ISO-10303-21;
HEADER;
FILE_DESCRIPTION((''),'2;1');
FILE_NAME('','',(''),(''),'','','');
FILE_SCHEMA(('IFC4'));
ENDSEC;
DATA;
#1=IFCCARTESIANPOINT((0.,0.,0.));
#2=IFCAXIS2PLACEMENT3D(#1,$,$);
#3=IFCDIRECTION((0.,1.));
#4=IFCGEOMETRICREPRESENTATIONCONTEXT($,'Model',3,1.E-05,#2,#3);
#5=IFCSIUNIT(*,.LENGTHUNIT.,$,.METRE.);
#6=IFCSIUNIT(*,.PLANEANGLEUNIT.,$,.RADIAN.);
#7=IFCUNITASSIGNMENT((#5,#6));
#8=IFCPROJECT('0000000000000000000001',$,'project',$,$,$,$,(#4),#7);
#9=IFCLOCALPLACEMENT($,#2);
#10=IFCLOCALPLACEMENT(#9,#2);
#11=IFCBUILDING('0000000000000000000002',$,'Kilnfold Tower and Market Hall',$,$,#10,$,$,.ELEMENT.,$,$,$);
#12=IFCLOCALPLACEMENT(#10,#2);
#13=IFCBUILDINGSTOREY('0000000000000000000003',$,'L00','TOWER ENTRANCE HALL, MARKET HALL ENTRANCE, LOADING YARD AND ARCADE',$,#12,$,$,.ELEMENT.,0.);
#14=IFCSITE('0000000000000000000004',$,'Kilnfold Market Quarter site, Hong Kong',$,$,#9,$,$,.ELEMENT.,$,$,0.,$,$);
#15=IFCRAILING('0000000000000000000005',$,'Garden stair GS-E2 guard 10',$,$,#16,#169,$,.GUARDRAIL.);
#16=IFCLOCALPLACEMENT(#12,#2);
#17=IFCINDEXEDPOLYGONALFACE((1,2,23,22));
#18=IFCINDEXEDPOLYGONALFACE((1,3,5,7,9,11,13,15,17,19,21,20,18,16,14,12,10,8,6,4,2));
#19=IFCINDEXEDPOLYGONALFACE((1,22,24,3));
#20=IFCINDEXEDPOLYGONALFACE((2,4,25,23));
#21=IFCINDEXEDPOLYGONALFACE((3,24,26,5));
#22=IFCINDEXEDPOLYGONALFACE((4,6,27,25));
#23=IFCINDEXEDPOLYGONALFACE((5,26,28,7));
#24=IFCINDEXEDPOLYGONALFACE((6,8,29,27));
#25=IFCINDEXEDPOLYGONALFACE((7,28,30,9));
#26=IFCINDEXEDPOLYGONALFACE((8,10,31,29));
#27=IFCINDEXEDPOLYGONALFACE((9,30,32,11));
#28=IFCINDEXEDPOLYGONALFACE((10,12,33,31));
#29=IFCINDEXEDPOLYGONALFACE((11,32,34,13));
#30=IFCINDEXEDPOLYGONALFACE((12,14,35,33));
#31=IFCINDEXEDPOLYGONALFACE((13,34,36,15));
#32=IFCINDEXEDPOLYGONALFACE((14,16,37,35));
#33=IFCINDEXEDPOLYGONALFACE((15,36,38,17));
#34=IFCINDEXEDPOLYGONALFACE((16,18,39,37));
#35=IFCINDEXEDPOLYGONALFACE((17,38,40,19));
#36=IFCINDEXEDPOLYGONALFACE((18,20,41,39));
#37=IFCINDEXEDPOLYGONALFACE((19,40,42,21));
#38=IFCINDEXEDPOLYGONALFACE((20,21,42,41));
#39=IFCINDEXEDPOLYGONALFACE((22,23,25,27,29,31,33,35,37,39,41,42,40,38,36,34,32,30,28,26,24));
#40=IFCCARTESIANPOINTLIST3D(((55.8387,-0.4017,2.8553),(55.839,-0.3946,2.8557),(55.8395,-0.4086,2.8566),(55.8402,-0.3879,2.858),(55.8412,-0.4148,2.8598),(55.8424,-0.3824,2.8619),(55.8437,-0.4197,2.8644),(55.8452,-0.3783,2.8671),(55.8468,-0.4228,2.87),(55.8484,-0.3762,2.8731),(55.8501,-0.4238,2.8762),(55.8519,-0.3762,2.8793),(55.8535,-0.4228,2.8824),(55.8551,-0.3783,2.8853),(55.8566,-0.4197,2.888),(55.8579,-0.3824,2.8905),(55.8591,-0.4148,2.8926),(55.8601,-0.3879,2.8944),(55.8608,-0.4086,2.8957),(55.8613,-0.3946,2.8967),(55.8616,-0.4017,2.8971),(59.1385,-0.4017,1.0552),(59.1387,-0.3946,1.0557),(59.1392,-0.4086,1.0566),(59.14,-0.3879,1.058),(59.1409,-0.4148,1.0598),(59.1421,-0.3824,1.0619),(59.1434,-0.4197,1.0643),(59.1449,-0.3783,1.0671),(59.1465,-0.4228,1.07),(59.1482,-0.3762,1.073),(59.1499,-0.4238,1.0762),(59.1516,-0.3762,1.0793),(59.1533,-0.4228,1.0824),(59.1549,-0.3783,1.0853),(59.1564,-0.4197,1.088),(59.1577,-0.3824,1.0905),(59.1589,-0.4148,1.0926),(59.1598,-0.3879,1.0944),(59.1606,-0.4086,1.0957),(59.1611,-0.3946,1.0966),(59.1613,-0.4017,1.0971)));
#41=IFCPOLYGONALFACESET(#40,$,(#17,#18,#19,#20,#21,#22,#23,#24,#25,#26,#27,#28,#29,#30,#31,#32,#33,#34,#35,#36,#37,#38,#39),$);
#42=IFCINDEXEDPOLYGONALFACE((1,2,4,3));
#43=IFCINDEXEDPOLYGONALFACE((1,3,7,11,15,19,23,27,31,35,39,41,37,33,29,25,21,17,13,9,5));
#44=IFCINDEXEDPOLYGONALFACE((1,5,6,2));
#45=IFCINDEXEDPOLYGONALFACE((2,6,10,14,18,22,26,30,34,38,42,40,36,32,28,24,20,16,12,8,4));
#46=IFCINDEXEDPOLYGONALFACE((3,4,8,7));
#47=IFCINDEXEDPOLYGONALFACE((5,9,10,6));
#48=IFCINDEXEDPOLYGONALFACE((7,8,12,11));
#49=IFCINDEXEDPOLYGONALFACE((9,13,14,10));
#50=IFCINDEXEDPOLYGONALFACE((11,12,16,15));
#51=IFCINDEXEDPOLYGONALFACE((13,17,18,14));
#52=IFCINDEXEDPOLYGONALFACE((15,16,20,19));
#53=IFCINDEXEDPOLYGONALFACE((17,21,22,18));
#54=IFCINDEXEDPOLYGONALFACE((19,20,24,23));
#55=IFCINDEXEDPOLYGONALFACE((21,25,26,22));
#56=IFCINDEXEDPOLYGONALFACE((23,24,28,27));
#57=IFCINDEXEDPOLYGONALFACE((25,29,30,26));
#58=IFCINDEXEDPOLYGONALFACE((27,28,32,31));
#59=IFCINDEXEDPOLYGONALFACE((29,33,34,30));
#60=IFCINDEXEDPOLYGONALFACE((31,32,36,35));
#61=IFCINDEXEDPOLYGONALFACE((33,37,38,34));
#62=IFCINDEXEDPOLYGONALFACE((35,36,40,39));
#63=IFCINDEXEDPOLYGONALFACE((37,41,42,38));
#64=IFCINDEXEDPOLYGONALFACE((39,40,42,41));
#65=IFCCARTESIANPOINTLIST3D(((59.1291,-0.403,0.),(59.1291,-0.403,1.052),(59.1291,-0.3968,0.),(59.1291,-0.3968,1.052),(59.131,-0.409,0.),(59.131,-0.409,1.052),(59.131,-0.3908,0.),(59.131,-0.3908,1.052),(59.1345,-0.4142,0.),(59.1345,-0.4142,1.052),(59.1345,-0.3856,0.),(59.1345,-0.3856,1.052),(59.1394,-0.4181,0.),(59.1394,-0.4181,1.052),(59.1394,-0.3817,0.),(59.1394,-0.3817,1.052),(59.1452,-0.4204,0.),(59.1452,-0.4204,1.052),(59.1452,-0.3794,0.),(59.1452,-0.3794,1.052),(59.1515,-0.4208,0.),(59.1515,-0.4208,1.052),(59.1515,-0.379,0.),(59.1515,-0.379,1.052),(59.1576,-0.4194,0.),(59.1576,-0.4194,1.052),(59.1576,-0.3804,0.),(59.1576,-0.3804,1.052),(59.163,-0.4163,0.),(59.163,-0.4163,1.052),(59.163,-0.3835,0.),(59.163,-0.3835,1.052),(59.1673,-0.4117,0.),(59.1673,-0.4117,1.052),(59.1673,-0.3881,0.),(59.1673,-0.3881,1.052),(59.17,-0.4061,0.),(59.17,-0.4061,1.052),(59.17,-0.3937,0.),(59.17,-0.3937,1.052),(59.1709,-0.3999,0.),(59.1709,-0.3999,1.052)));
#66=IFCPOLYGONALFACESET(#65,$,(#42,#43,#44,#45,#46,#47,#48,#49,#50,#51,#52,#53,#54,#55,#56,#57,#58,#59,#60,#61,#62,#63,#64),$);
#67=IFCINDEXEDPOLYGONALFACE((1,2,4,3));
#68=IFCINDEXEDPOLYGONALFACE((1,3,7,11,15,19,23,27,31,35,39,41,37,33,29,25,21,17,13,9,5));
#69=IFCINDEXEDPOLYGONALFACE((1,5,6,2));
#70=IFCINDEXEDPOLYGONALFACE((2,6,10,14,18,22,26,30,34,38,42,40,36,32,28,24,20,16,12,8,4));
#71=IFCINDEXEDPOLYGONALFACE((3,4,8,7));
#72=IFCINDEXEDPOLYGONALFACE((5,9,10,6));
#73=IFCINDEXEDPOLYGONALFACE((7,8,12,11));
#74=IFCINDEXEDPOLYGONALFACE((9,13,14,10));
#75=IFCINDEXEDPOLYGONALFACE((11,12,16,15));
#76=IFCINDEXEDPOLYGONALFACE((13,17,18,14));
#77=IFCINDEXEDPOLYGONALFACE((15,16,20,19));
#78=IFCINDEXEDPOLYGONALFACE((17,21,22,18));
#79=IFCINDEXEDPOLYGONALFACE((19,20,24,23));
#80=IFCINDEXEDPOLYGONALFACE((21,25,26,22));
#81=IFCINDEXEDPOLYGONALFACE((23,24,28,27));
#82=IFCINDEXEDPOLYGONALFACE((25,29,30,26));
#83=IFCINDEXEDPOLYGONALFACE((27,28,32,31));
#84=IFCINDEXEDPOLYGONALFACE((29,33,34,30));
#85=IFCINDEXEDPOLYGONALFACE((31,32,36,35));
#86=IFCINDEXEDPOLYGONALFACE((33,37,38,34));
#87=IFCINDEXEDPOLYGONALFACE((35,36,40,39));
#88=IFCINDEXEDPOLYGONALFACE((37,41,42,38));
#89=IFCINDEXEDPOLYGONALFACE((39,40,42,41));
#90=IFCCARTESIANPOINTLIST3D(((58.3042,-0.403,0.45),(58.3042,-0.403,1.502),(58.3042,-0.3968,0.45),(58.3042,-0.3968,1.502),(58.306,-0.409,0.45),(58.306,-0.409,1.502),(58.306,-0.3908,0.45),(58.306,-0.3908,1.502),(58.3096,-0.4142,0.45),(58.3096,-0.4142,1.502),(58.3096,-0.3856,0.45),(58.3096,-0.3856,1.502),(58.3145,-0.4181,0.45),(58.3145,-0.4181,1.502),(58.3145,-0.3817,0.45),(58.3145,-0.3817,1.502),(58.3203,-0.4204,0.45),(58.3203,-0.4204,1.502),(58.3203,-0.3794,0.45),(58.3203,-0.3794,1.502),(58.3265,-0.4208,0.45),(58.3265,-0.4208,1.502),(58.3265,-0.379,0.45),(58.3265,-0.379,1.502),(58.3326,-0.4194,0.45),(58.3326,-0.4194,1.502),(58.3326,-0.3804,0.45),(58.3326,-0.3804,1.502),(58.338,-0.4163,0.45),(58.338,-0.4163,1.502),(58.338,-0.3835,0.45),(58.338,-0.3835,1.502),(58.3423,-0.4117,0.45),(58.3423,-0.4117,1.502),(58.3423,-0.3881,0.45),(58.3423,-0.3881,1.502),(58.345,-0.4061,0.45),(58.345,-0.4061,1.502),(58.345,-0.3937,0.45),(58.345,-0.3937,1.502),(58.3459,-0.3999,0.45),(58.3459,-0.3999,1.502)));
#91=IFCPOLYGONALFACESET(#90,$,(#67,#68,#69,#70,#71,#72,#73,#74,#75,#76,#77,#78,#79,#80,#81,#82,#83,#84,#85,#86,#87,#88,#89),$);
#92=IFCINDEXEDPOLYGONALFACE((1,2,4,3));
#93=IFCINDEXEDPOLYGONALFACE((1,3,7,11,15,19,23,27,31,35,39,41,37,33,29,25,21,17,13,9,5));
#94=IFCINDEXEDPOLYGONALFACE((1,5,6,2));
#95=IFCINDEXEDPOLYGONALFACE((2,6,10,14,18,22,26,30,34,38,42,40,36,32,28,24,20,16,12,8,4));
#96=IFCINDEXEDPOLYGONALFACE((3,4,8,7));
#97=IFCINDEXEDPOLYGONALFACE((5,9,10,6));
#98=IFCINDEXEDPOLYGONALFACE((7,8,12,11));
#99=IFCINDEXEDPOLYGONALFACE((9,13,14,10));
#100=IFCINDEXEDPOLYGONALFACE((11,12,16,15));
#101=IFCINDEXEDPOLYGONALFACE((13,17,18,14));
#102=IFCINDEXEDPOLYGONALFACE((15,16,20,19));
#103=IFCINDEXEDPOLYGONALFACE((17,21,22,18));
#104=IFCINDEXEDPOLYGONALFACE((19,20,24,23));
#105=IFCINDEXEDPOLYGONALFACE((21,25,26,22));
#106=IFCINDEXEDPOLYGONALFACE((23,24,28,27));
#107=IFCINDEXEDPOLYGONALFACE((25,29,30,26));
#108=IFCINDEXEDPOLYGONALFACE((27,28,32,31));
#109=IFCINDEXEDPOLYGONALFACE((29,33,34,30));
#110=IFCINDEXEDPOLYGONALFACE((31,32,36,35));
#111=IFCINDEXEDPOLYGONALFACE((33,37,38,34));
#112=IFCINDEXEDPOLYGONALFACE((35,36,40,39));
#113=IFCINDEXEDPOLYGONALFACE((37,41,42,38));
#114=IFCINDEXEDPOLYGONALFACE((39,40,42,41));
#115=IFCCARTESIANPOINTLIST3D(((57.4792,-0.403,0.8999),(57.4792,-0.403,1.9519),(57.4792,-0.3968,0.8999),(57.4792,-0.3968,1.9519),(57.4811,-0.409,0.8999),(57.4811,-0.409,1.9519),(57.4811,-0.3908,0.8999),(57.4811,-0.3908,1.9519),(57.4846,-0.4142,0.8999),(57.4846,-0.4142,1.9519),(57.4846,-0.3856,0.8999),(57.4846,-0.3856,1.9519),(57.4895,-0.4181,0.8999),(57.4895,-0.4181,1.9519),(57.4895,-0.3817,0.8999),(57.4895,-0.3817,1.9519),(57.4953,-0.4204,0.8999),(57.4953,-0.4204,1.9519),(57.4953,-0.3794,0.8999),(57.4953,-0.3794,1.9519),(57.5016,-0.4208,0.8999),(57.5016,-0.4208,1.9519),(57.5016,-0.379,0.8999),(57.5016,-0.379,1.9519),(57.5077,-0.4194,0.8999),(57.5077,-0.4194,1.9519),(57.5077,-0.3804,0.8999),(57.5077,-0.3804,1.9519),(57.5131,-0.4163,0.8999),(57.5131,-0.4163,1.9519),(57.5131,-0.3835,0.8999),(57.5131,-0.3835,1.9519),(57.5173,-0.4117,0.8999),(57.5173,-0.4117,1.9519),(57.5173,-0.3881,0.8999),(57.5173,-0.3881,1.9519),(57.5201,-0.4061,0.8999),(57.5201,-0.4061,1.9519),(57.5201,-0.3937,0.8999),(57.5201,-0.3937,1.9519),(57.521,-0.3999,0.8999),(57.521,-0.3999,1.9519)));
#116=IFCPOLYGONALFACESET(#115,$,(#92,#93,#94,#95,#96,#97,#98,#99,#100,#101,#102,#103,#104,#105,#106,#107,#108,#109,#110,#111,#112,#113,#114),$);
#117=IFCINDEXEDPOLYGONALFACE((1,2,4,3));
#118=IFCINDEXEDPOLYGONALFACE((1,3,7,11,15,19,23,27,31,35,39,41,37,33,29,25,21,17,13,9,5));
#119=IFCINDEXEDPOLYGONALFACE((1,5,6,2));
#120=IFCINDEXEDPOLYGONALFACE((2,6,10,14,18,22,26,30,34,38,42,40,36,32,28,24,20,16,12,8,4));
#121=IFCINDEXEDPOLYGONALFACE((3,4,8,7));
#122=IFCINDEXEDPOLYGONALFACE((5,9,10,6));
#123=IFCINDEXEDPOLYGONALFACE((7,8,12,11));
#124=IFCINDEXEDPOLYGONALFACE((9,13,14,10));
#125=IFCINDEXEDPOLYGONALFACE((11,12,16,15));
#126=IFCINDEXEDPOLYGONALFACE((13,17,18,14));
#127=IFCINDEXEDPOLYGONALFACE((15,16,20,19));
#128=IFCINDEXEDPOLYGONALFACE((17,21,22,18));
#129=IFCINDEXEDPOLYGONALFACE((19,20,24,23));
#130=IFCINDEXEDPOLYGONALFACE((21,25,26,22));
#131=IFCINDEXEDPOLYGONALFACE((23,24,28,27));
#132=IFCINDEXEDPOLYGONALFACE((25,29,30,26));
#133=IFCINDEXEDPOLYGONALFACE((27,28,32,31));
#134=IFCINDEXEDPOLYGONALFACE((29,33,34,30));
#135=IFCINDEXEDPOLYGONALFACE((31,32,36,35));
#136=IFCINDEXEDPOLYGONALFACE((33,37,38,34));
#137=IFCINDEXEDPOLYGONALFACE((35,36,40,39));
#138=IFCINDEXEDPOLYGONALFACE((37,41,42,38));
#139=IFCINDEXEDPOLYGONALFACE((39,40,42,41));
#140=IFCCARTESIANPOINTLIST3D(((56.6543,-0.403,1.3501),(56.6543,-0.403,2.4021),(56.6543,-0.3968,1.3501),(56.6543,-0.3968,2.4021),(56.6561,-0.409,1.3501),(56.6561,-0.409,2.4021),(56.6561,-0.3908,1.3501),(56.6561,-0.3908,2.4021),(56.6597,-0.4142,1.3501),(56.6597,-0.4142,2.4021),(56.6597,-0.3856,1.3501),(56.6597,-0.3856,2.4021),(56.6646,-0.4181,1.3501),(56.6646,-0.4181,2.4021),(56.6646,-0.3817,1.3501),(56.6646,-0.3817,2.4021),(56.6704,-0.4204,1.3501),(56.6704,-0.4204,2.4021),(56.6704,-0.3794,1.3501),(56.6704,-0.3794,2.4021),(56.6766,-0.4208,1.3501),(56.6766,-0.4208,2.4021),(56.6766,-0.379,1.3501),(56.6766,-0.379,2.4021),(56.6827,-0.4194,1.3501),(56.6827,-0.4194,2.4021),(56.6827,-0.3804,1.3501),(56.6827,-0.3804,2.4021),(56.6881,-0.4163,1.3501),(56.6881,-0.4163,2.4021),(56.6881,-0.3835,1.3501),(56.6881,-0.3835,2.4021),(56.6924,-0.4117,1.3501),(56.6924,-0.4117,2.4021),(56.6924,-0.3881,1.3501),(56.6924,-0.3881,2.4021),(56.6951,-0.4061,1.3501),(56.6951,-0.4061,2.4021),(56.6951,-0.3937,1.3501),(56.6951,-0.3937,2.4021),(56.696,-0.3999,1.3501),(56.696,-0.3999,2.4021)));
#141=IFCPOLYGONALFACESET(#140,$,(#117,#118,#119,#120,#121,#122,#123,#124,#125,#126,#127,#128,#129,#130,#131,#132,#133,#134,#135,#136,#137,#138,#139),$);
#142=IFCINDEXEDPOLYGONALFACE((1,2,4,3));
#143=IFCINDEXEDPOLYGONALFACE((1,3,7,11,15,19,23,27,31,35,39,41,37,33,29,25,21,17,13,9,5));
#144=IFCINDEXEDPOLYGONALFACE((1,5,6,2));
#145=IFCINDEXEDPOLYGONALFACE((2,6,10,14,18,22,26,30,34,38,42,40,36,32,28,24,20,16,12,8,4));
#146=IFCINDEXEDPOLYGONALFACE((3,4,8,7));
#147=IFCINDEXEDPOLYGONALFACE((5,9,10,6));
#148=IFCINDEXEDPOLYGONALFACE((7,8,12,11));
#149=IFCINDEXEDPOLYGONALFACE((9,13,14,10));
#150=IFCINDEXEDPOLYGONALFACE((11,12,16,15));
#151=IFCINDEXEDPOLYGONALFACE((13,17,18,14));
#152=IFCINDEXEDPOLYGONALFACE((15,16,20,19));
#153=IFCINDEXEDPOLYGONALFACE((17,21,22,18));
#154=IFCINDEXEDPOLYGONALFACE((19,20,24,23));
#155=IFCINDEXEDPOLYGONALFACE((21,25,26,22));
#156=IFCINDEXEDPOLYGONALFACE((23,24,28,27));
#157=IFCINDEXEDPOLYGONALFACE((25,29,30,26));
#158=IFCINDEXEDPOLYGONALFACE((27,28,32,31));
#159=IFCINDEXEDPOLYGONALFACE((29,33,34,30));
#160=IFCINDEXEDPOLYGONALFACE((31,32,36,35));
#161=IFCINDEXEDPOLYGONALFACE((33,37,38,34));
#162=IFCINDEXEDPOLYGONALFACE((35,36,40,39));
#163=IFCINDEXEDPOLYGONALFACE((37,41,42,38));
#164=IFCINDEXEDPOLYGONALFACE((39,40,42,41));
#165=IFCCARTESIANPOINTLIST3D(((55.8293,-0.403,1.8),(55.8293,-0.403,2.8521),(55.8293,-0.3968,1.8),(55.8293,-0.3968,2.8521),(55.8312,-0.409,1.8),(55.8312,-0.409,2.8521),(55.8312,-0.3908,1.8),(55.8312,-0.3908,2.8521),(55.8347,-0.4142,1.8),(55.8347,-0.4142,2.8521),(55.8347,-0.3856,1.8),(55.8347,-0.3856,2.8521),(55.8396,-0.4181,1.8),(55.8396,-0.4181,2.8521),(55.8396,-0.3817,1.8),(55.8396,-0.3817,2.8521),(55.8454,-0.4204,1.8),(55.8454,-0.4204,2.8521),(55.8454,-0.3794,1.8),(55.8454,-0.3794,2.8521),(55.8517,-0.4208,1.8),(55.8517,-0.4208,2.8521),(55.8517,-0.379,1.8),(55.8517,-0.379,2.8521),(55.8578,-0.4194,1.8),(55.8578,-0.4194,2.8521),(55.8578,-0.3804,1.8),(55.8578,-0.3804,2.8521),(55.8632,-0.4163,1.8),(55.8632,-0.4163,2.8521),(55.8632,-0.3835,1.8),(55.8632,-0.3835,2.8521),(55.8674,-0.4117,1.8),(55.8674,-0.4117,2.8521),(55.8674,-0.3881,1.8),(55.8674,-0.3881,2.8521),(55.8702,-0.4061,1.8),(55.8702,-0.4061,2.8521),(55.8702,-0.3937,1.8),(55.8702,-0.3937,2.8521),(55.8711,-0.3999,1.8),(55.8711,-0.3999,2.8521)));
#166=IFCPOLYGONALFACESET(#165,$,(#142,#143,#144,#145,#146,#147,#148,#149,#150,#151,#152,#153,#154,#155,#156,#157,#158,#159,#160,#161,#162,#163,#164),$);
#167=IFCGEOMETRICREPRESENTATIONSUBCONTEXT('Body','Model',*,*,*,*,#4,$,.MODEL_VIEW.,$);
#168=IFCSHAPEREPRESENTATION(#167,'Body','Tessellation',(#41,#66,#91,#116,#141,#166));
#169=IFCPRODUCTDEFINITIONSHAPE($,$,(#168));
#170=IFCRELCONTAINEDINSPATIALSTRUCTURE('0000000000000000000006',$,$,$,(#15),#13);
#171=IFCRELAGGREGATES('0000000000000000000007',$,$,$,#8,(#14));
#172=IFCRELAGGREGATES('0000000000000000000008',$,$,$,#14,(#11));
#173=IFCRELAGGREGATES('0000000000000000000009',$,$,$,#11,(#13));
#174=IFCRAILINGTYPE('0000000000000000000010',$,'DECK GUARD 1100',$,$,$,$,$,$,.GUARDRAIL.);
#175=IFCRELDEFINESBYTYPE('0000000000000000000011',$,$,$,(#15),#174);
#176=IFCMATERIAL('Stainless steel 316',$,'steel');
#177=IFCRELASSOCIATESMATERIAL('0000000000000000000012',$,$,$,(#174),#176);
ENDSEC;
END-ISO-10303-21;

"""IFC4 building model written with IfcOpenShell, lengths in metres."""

from ifc_helpers import new_model, si_unit, direction, frame, origin, origin_2d, place, context, subcontext, project, spatial, circle, extrude, material, type_object, element, save


model = new_model("IFC4")

# Units and contexts
model_context = context("Model", 3, precision=1e-05, world=origin(), true_north=direction((0.0, 1.0)))
body_context = subcontext(model_context, "Body", "Model", "MODEL_VIEW")
ifc_project = project(units=[si_unit("LENGTHUNIT", "METRE"), si_unit("PLANEANGLEUNIT", "RADIAN")], contexts=[model_context])

# Site, building, storey
site_placement = place(None, origin())
site = spatial("IfcSite", under=ifc_project, at=site_placement, Name="Kilnfold Market Quarter site, Hong Kong", CompositionType="ELEMENT", RefElevation=0.0)
building_placement = place(site_placement, origin())
building = spatial("IfcBuilding", under=site, at=building_placement, Name="Kilnfold Tower and Market Hall", CompositionType="ELEMENT")
storey_placement = place(building_placement, origin())
storey = spatial("IfcBuildingStorey", under=building, at=storey_placement, Name="L00", Description="TOWER ENTRANCE HALL, MARKET HALL ENTRANCE, LOADING YARD AND ARCADE", CompositionType="ELEMENT", Elevation=0.0)

# Railing
ifc_material_1 = material(Name="Stainless steel 316", Category="steel")
railing_type_1 = type_object("IfcRailingType", Name="DECK GUARD 1100", PredefinedType="GUARDRAIL", material=ifc_material_1)
railing_1_placement = place(storey_placement, frame((59.1499, -0.3999, 0.0)))
element("IfcRailing", 1, at=railing_1_placement, inside=storey, type_object=railing_type_1, Name="Garden stair GS-E2 guard 10", PredefinedType="GUARDRAIL", context=body_context, shape_type="SweptSolid", body=[
    extrude(circle(Radius=0.0239, at=origin_2d()), frame((0.0, 0.0, 1.0762), z_axis=(-0.877878, 0.0, 0.478884), x_axis=(0.0, -1.0, 0.0)), (0.0, 0.0, 1.0), 3.7588),
    extrude(circle(Radius=0.021, at=origin_2d()), origin(), (0.0, 0.0, 1.0), 1.052),
    extrude(circle(Radius=0.021, at=origin_2d()), frame((-0.825, 0.0, 0.45)), (0.0, 0.0, 1.0), 1.052),
    extrude(circle(Radius=0.021, at=origin_2d()), frame((-1.6499, 0.0, 0.8999)), (0.0, 0.0, 1.0), 1.052),
    extrude(circle(Radius=0.021, at=origin_2d()), frame((-2.4749, 0.0, 1.3501)), (0.0, 0.0, 1.0), 1.052),
    extrude(circle(Radius=0.021, at=origin_2d()), frame((-3.2998, 0.0, 1.8)), (0.0, 0.0, 1.0), 1.052),
])

save(model, "model.ifc")
